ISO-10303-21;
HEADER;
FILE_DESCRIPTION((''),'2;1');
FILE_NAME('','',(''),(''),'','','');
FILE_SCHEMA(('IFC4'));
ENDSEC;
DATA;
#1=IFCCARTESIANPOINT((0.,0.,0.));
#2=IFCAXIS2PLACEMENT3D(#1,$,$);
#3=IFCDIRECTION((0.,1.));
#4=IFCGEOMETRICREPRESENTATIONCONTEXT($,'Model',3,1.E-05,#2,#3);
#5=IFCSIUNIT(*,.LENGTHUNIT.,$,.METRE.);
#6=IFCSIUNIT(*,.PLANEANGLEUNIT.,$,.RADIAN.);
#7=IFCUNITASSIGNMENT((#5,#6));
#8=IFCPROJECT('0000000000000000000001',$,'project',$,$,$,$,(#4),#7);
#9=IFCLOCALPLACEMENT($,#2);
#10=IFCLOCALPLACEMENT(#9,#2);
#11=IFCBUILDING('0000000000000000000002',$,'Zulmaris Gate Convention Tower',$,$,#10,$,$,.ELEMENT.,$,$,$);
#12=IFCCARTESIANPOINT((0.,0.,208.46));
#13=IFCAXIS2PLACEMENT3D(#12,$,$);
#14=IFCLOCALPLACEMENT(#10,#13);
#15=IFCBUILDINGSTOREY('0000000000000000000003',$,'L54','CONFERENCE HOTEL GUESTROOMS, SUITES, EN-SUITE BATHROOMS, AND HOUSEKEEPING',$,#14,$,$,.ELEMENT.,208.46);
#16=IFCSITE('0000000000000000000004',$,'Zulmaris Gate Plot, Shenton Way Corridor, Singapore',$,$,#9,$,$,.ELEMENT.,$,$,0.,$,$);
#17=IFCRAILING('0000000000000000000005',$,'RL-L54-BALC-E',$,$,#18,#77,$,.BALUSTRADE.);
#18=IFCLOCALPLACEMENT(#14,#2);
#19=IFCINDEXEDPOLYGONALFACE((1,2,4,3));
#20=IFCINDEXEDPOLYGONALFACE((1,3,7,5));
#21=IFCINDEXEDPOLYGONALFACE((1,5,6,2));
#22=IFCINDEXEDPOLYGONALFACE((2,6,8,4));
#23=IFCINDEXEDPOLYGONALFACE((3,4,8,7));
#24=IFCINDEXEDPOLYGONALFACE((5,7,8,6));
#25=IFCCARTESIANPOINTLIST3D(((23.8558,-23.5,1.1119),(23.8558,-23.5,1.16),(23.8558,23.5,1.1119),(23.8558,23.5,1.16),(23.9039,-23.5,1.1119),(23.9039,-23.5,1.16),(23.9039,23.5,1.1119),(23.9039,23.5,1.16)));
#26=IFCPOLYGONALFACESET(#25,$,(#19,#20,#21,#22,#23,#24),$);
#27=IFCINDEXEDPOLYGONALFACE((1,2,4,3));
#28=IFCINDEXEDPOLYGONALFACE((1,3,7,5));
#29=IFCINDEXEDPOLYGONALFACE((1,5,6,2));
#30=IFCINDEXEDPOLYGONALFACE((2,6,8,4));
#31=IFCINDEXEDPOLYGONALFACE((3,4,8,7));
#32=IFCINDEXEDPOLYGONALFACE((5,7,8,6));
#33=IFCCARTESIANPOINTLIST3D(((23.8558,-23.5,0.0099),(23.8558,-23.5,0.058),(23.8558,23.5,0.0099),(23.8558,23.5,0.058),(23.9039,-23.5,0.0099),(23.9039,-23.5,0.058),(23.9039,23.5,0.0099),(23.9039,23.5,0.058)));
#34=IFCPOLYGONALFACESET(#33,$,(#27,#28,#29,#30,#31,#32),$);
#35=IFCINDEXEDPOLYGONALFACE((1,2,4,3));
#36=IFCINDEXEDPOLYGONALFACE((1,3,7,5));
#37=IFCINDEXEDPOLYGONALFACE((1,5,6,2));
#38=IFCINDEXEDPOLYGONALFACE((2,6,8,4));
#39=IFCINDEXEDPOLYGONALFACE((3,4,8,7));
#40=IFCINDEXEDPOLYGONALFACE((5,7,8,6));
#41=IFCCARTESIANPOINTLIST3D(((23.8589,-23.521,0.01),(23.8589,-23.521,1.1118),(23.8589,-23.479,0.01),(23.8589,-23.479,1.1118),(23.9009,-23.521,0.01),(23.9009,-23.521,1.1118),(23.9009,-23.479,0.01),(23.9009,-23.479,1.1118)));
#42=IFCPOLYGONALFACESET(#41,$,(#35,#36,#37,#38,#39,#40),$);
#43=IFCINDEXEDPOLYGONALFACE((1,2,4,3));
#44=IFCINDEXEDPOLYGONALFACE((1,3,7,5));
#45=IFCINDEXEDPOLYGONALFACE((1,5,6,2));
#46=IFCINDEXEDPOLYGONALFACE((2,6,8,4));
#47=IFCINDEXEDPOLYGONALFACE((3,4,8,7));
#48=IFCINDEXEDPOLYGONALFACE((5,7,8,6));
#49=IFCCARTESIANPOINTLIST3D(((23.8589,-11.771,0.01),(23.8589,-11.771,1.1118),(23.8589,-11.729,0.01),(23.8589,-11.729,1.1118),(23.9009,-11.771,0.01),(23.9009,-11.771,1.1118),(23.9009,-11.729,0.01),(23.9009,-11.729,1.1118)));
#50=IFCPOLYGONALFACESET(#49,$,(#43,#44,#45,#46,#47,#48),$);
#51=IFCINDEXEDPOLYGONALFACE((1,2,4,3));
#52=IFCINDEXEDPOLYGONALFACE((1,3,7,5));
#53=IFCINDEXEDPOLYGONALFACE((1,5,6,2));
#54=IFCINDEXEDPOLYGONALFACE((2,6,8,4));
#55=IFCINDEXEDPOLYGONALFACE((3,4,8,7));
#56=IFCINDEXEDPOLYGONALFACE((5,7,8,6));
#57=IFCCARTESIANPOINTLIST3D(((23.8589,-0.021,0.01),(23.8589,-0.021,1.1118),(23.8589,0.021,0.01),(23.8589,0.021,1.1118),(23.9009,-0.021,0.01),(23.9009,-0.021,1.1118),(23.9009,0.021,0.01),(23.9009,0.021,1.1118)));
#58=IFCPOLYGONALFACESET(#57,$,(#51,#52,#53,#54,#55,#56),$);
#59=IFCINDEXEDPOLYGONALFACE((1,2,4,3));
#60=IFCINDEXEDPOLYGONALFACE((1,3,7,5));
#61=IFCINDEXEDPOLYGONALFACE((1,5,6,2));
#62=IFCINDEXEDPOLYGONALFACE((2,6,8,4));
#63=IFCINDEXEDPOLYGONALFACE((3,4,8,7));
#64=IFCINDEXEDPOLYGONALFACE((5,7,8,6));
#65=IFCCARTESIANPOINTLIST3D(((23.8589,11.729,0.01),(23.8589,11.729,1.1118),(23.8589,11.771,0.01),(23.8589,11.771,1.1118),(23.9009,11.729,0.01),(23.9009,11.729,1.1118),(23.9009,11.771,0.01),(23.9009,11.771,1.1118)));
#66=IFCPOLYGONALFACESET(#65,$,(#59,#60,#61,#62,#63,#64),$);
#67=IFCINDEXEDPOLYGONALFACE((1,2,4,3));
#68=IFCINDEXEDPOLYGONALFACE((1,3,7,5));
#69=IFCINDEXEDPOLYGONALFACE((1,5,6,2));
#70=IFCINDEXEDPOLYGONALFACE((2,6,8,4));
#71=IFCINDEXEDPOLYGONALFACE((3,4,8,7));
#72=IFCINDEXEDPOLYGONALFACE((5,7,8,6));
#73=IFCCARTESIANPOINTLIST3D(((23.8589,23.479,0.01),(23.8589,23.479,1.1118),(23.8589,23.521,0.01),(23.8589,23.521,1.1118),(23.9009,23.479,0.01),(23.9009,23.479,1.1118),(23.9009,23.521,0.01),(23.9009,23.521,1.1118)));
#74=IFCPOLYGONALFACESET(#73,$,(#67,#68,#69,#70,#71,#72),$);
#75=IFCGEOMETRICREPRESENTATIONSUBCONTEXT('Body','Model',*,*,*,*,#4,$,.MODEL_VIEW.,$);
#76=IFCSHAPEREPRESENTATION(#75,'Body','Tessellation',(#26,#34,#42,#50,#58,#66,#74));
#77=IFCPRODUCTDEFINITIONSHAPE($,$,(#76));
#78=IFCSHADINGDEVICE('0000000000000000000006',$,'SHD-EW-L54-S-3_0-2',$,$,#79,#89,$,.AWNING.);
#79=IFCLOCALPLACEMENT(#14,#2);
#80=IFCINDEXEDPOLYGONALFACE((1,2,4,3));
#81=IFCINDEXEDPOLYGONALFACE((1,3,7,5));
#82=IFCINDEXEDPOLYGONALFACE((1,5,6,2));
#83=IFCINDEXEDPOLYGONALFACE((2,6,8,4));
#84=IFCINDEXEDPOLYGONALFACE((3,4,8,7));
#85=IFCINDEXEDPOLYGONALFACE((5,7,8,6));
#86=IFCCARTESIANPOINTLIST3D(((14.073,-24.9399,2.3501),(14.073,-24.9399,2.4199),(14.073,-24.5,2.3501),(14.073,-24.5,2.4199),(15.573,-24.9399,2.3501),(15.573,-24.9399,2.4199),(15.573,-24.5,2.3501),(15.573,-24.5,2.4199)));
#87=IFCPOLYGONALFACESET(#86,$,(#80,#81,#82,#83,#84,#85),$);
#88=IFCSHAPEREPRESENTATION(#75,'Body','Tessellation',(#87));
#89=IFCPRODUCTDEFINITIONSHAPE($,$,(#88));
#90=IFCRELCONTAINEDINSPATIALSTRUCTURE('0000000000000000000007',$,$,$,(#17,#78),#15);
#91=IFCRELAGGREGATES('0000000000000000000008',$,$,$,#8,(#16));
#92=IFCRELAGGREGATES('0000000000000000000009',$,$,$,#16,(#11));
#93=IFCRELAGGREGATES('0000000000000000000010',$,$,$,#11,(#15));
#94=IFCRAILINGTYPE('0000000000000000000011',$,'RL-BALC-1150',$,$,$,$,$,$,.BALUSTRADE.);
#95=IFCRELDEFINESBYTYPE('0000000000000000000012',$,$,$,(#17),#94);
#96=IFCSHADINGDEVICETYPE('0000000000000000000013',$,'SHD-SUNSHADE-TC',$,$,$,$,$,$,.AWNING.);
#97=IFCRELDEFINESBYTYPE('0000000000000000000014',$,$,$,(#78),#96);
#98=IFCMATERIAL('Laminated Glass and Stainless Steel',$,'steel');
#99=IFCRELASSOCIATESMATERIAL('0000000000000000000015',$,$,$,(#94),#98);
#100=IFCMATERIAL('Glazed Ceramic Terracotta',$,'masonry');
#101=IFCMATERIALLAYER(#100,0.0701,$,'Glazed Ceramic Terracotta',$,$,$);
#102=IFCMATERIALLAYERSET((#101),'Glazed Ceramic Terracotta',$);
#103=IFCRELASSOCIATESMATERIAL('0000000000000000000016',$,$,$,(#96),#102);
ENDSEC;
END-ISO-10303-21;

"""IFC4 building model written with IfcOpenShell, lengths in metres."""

from ifc_helpers import new_model, si_unit, direction, frame, frame_2d, origin, origin_2d, place, context, subcontext, project, spatial, rectangle, extrude, material, layer, layer_set, type_object, element, save


model = new_model("IFC4")

# Units and contexts
model_context = context("Model", 3, precision=1e-05, world=origin(), true_north=direction((0.0, 1.0)))
body_context = subcontext(model_context, "Body", "Model", "MODEL_VIEW")
ifc_project = project(units=[si_unit("LENGTHUNIT", "METRE"), si_unit("PLANEANGLEUNIT", "RADIAN")], contexts=[model_context])

# Site, building, storey
site_placement = place(None, origin())
site = spatial("IfcSite", under=ifc_project, at=site_placement, Name="Zulmaris Gate Plot, Shenton Way Corridor, Singapore", CompositionType="ELEMENT", RefElevation=0.0)
building_placement = place(site_placement, origin())
building = spatial("IfcBuilding", under=site, at=building_placement, Name="Zulmaris Gate Convention Tower", CompositionType="ELEMENT")
storey_placement = place(building_placement, frame((0.0, 0.0, 208.46)))
storey = spatial("IfcBuildingStorey", under=building, at=storey_placement, Name="L54", Description="CONFERENCE HOTEL GUESTROOMS, SUITES, EN-SUITE BATHROOMS, AND HOUSEKEEPING", CompositionType="ELEMENT", Elevation=208.46)

# Railing
ifc_material_1 = material(Name="Laminated Glass and Stainless Steel", Category="steel")
railing_type = type_object("IfcRailingType", Name="RL-BALC-1150", PredefinedType="BALUSTRADE", material=ifc_material_1)
railing_placement = place(storey_placement, frame((23.8799, -23.5, 0.01)))
element("IfcRailing", 1, at=railing_placement, inside=storey, type_object=railing_type, Name="RL-L54-BALC-E", PredefinedType="BALUSTRADE", context=body_context, shape_type="SweptSolid", body=[
    extrude(rectangle(XDim=0.0481, YDim=0.0481, at=origin_2d()), frame((0.0, 0.0, 1.126), z_axis=(0.0, 1.0, 0.0), x_axis=(-1.0, 0.0, 0.0)), (0.0, 0.0, 1.0), 47.0),
    extrude(rectangle(XDim=0.0481, YDim=0.0481, at=origin_2d()), frame((0.0, 0.0, 0.0239), z_axis=(0.0, 1.0, 0.0), x_axis=(-1.0, 0.0, 0.0)), (0.0, 0.0, 1.0), 47.0),
    extrude(rectangle(XDim=0.042, YDim=0.042, at=origin_2d()), origin(), (0.0, 0.0, 1.0), 1.1018),
    extrude(rectangle(XDim=0.042, YDim=0.042, at=origin_2d()), frame((0.0, 11.75, 0.0)), (0.0, 0.0, 1.0), 1.1018),
    extrude(rectangle(XDim=0.042, YDim=0.042, at=origin_2d()), frame((0.0, 23.5, 0.0)), (0.0, 0.0, 1.0), 1.1018),
    extrude(rectangle(XDim=0.042, YDim=0.042, at=origin_2d()), frame((0.0, 35.25, 0.0)), (0.0, 0.0, 1.0), 1.1018),
    extrude(rectangle(XDim=0.042, YDim=0.042, at=origin_2d()), frame((0.0, 47.0, 0.0)), (0.0, 0.0, 1.0), 1.1018),
])

# Shading device
ifc_material_2 = material(Name="Glazed Ceramic Terracotta", Category="masonry")
ifc_layer_1 = layer(ifc_material_2, 0.0701, Name="Glazed Ceramic Terracotta")
ifc_layer_set_1 = layer_set([ifc_layer_1], Name="Glazed Ceramic Terracotta")
shading_device_type = type_object("IfcShadingDeviceType", Name="SHD-SUNSHADE-TC", PredefinedType="AWNING", material=ifc_layer_set_1)
shading_device_placement = place(storey_placement, frame((14.073, -24.72, 2.3501), z_axis=(0.0, 0.0, 1.0), x_axis=(1.0, 0.0, 0.0)))
element("IfcShadingDevice", 2, at=shading_device_placement, inside=storey, type_object=shading_device_type, Name="SHD-EW-L54-S-3_0-2", PredefinedType="AWNING", context=body_context, shape_type="SweptSolid", body=[
    extrude(rectangle(XDim=1.5, YDim=0.4399, at=frame_2d((0.75, 0.0))), origin(), (0.0, 0.0, 1.0), 0.0698),
])

save(model, "model.ifc")
